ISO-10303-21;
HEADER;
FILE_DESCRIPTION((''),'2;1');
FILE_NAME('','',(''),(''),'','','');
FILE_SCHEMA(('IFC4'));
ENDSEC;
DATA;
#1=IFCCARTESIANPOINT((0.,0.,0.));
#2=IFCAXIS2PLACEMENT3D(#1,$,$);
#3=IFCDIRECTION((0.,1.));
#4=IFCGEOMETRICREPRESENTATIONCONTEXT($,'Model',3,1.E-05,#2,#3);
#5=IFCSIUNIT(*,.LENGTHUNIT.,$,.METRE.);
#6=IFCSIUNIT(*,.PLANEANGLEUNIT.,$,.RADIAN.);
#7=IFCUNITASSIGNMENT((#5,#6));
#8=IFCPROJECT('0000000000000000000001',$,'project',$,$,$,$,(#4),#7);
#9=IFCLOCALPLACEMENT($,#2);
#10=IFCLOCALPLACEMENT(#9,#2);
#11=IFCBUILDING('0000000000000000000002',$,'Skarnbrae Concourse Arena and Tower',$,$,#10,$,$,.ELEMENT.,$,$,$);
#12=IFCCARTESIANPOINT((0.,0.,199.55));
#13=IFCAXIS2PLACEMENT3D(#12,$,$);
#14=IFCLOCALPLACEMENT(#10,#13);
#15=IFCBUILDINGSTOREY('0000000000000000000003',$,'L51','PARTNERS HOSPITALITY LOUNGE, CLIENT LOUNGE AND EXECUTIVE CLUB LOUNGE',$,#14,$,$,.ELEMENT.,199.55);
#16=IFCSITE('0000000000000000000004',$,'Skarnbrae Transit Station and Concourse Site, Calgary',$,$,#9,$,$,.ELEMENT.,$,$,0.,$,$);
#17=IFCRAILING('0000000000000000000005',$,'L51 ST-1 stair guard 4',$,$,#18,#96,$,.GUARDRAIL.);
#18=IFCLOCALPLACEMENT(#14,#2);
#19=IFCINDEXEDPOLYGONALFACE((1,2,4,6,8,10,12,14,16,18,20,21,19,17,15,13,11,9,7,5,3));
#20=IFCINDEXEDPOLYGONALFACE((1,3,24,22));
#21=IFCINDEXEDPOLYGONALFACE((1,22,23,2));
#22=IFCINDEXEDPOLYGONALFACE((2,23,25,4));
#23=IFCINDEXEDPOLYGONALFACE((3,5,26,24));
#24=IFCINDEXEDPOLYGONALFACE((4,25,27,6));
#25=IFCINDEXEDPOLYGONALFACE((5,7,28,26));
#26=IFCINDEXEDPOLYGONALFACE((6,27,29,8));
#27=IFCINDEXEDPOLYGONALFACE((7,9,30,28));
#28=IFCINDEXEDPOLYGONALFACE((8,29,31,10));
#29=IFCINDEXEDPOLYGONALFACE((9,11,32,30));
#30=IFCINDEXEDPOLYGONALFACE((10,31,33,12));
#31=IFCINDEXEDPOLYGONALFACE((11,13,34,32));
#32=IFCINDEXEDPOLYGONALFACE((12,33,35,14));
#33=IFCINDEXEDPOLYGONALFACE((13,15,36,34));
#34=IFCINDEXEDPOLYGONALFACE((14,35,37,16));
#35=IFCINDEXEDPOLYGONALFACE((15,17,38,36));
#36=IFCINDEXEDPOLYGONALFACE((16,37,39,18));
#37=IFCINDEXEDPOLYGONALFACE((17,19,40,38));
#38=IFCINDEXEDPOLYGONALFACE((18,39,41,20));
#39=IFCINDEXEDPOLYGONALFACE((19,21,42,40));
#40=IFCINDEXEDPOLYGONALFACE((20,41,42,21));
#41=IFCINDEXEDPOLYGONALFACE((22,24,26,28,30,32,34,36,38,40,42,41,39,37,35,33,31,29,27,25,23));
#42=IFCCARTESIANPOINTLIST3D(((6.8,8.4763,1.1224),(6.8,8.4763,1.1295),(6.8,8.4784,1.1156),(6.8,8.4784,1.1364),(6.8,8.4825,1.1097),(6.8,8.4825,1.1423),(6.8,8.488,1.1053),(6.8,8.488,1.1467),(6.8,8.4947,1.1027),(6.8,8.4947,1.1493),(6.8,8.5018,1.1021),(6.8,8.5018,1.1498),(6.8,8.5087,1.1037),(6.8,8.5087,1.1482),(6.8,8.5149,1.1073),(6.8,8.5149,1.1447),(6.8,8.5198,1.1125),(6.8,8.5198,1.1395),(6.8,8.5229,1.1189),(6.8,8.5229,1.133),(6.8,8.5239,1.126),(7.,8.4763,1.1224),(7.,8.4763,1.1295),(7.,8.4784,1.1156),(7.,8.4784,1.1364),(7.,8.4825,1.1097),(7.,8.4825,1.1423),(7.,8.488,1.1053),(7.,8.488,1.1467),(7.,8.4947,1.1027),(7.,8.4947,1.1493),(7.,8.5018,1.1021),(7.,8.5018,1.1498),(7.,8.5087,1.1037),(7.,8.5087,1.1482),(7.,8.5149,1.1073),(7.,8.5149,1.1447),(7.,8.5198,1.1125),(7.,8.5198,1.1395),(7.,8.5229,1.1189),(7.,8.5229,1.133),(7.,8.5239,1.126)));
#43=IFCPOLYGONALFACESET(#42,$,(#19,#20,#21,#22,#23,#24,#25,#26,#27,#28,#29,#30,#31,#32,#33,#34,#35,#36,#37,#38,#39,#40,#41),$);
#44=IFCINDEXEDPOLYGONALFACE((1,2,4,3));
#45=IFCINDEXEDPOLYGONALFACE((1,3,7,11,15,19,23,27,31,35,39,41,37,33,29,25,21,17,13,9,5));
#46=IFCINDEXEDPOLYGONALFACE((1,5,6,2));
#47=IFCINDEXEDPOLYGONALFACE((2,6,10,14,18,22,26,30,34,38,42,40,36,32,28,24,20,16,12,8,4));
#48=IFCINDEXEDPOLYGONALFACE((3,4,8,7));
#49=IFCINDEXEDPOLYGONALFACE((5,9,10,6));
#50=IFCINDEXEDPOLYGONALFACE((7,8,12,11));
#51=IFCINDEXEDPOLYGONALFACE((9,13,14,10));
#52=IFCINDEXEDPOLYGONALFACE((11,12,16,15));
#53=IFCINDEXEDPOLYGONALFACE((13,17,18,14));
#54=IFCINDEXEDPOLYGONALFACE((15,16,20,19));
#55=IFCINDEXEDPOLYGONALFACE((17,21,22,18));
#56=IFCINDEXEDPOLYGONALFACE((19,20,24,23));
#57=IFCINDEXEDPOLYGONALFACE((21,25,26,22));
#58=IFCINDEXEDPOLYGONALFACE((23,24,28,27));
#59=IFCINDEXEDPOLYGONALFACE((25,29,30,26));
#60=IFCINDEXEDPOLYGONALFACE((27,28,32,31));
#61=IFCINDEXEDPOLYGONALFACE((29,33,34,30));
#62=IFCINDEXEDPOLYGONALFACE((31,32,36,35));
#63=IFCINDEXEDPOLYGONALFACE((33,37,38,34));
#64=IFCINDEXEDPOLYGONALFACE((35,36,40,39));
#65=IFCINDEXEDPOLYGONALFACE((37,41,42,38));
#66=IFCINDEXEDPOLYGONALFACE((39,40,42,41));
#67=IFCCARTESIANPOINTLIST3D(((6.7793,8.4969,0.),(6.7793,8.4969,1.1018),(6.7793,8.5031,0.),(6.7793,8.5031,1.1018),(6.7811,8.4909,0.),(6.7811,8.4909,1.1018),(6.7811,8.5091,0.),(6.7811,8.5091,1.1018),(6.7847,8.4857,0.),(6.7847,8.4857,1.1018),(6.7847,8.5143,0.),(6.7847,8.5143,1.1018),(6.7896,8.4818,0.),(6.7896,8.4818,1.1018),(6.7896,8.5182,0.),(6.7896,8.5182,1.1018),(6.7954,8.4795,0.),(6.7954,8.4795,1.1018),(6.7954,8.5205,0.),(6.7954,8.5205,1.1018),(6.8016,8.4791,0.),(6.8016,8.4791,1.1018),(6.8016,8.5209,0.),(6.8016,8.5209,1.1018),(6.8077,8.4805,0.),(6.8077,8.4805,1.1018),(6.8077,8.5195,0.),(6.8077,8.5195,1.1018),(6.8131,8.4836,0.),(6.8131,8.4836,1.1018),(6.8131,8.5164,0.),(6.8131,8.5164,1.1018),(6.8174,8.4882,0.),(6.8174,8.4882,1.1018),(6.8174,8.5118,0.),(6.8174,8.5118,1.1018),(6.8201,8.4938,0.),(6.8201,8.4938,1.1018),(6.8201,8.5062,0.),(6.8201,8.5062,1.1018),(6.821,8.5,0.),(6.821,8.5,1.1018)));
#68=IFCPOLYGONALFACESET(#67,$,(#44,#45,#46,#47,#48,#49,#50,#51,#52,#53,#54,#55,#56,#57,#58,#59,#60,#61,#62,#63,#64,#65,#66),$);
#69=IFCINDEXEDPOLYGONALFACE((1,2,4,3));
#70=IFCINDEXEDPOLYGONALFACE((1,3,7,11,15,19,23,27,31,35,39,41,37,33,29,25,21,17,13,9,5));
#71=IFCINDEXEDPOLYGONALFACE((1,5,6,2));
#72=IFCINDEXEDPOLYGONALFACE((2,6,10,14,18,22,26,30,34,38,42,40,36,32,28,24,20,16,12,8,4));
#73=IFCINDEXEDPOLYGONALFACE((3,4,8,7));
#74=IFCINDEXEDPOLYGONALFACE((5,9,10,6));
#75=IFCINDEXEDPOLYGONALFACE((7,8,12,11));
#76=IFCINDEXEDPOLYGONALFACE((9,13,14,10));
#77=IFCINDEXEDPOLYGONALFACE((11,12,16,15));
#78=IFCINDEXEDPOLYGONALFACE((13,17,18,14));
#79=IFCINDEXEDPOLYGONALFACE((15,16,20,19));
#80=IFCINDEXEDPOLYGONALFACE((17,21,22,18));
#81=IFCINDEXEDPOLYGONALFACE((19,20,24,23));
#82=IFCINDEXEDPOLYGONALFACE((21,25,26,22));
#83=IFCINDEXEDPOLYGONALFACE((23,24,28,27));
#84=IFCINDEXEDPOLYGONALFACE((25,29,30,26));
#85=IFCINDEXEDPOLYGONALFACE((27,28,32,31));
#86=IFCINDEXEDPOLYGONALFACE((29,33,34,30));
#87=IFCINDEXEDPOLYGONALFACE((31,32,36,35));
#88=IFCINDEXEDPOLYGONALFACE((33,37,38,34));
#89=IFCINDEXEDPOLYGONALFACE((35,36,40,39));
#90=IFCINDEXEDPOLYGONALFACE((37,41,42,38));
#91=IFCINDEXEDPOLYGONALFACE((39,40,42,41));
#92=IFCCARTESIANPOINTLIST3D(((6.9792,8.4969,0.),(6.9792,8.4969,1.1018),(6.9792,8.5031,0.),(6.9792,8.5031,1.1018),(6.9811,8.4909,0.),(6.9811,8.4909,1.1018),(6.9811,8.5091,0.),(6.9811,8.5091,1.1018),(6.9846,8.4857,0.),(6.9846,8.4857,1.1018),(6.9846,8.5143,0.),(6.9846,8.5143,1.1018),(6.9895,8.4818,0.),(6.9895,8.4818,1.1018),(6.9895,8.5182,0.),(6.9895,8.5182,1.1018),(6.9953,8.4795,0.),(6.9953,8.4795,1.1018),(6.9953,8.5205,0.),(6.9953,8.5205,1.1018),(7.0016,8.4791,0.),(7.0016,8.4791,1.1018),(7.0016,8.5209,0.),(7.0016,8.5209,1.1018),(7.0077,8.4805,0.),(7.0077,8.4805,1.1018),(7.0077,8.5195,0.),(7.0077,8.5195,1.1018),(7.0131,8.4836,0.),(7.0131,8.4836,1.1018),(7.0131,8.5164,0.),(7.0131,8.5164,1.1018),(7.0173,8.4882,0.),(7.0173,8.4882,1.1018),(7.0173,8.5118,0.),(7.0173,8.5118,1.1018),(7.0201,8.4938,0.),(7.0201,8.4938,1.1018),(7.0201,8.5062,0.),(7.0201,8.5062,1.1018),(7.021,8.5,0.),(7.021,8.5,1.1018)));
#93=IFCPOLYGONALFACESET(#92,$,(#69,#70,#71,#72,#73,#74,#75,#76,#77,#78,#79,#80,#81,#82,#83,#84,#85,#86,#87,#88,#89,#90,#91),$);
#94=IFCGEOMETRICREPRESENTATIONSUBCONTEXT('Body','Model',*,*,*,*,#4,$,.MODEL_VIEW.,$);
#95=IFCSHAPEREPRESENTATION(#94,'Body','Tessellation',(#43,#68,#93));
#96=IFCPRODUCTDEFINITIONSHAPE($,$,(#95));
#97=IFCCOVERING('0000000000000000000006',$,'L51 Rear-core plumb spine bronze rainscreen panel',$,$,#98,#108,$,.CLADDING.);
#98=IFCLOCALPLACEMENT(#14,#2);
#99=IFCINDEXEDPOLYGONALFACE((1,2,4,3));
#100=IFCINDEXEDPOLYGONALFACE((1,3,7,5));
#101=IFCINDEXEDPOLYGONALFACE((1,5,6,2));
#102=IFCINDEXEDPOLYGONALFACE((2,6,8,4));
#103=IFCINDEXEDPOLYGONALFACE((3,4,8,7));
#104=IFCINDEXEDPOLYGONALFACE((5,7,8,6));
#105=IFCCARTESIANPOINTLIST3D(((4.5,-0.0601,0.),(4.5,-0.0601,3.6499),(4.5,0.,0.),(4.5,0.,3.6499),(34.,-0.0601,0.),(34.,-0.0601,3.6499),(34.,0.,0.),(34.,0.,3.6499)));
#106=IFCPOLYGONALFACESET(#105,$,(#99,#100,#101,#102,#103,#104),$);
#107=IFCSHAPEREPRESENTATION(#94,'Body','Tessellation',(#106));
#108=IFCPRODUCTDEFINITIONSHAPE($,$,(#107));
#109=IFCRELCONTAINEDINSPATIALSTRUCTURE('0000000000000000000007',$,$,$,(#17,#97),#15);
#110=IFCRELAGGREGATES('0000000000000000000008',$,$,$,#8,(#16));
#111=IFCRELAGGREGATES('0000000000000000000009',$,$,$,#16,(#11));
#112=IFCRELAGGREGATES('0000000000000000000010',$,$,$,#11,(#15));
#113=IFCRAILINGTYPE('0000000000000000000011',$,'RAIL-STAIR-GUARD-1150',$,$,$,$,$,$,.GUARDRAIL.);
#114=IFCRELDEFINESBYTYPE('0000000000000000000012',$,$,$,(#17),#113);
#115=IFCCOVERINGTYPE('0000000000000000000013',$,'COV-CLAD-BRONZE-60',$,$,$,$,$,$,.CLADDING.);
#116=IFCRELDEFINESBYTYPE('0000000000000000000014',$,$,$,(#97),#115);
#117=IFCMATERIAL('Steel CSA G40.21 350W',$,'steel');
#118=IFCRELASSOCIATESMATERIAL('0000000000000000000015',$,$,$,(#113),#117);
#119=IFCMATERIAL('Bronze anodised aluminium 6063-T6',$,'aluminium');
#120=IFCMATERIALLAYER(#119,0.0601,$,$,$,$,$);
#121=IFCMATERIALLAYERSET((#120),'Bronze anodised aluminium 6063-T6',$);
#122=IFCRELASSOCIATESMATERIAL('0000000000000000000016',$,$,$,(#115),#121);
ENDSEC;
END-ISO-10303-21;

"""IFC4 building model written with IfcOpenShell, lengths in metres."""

from ifc_helpers import new_model, si_unit, direction, frame, origin, origin_2d, place, context, subcontext, project, spatial, rectangle, circle, extrude, source, transform, mapped, material, layer, layer_set, type_object, element, save


model = new_model("IFC4")

# Units and contexts
model_context = context("Model", 3, precision=1e-05, world=origin(), true_north=direction((0.0, 1.0)))
body_context = subcontext(model_context, "Body", "Model", "MODEL_VIEW")
ifc_project = project(units=[si_unit("LENGTHUNIT", "METRE"), si_unit("PLANEANGLEUNIT", "RADIAN")], contexts=[model_context])

# Site, building, storey
site_placement = place(None, origin())
site = spatial("IfcSite", under=ifc_project, at=site_placement, Name="Skarnbrae Transit Station and Concourse Site, Calgary", CompositionType="ELEMENT", RefElevation=0.0)
building_placement = place(site_placement, origin())
building = spatial("IfcBuilding", under=site, at=building_placement, Name="Skarnbrae Concourse Arena and Tower", CompositionType="ELEMENT")
storey_placement = place(building_placement, frame((0.0, 0.0, 199.55)))
storey = spatial("IfcBuildingStorey", under=building, at=storey_placement, Name="L51", Description="PARTNERS HOSPITALITY LOUNGE, CLIENT LOUNGE AND EXECUTIVE CLUB LOUNGE", CompositionType="ELEMENT", Elevation=199.55)

# Shared definitions
ifc_material_1 = material(Name="Steel CSA G40.21 350W", Category="steel")

# Railing
railing_type_1 = type_object("IfcRailingType", Name="RAIL-STAIR-GUARD-1150", PredefinedType="GUARDRAIL", material=ifc_material_1)
railing_1_placement = place(storey_placement, frame((6.8, 8.5, 0.0)))
element("IfcRailing", 1, at=railing_1_placement, inside=storey, type_object=railing_type_1, Name="L51 ST-1 stair guard 4", PredefinedType="GUARDRAIL", context=body_context, shape_type="SweptSolid", body=[
    extrude(circle(Radius=0.0239, at=origin_2d()), frame((0.0, 0.0, 1.126), z_axis=(1.0, 0.0, 0.0), x_axis=(0.0, 1.0, 0.0)), (0.0, 0.0, 1.0), 0.2),
    extrude(circle(Radius=0.021, at=origin_2d()), origin(), (0.0, 0.0, 1.0), 1.1018),
    extrude(circle(Radius=0.021, at=origin_2d()), frame((0.2, 0.0, 0.0)), (0.0, 0.0, 1.0), 1.1018),
])

# Covering
ifc_material_2 = material(Name="Bronze anodised aluminium 6063-T6", Category="aluminium")
ifc_layer_1 = layer(ifc_material_2, 0.0601)
ifc_layer_set_1 = layer_set([ifc_layer_1], Name="Bronze anodised aluminium 6063-T6")
covering_type = type_object("IfcCoveringType", Name="COV-CLAD-BRONZE-60", PredefinedType="CLADDING", material=ifc_layer_set_1)
shared_shape_1 = source(origin(), body_context, "Body", "SweptSolid", [
    extrude(rectangle(XDim=29.5, YDim=0.0601, at=origin_2d()), origin(), (0.0, 0.0, 1.0), 3.6499),
])
covering_placement = place(storey_placement, frame((19.25, -0.03, 0.0), z_axis=(0.0, 0.0, 1.0), x_axis=(1.0, 0.0, 0.0)))
element("IfcCovering", 2, at=covering_placement, inside=storey, type_object=covering_type, Name="L51 Rear-core plumb spine bronze rainscreen panel", PredefinedType="CLADDING", context=body_context, shape_type="MappedRepresentation", body=[
    mapped(shared_shape_1, transform((0.0, 0.0, 0.0))),
])

save(model, "model.ifc")
